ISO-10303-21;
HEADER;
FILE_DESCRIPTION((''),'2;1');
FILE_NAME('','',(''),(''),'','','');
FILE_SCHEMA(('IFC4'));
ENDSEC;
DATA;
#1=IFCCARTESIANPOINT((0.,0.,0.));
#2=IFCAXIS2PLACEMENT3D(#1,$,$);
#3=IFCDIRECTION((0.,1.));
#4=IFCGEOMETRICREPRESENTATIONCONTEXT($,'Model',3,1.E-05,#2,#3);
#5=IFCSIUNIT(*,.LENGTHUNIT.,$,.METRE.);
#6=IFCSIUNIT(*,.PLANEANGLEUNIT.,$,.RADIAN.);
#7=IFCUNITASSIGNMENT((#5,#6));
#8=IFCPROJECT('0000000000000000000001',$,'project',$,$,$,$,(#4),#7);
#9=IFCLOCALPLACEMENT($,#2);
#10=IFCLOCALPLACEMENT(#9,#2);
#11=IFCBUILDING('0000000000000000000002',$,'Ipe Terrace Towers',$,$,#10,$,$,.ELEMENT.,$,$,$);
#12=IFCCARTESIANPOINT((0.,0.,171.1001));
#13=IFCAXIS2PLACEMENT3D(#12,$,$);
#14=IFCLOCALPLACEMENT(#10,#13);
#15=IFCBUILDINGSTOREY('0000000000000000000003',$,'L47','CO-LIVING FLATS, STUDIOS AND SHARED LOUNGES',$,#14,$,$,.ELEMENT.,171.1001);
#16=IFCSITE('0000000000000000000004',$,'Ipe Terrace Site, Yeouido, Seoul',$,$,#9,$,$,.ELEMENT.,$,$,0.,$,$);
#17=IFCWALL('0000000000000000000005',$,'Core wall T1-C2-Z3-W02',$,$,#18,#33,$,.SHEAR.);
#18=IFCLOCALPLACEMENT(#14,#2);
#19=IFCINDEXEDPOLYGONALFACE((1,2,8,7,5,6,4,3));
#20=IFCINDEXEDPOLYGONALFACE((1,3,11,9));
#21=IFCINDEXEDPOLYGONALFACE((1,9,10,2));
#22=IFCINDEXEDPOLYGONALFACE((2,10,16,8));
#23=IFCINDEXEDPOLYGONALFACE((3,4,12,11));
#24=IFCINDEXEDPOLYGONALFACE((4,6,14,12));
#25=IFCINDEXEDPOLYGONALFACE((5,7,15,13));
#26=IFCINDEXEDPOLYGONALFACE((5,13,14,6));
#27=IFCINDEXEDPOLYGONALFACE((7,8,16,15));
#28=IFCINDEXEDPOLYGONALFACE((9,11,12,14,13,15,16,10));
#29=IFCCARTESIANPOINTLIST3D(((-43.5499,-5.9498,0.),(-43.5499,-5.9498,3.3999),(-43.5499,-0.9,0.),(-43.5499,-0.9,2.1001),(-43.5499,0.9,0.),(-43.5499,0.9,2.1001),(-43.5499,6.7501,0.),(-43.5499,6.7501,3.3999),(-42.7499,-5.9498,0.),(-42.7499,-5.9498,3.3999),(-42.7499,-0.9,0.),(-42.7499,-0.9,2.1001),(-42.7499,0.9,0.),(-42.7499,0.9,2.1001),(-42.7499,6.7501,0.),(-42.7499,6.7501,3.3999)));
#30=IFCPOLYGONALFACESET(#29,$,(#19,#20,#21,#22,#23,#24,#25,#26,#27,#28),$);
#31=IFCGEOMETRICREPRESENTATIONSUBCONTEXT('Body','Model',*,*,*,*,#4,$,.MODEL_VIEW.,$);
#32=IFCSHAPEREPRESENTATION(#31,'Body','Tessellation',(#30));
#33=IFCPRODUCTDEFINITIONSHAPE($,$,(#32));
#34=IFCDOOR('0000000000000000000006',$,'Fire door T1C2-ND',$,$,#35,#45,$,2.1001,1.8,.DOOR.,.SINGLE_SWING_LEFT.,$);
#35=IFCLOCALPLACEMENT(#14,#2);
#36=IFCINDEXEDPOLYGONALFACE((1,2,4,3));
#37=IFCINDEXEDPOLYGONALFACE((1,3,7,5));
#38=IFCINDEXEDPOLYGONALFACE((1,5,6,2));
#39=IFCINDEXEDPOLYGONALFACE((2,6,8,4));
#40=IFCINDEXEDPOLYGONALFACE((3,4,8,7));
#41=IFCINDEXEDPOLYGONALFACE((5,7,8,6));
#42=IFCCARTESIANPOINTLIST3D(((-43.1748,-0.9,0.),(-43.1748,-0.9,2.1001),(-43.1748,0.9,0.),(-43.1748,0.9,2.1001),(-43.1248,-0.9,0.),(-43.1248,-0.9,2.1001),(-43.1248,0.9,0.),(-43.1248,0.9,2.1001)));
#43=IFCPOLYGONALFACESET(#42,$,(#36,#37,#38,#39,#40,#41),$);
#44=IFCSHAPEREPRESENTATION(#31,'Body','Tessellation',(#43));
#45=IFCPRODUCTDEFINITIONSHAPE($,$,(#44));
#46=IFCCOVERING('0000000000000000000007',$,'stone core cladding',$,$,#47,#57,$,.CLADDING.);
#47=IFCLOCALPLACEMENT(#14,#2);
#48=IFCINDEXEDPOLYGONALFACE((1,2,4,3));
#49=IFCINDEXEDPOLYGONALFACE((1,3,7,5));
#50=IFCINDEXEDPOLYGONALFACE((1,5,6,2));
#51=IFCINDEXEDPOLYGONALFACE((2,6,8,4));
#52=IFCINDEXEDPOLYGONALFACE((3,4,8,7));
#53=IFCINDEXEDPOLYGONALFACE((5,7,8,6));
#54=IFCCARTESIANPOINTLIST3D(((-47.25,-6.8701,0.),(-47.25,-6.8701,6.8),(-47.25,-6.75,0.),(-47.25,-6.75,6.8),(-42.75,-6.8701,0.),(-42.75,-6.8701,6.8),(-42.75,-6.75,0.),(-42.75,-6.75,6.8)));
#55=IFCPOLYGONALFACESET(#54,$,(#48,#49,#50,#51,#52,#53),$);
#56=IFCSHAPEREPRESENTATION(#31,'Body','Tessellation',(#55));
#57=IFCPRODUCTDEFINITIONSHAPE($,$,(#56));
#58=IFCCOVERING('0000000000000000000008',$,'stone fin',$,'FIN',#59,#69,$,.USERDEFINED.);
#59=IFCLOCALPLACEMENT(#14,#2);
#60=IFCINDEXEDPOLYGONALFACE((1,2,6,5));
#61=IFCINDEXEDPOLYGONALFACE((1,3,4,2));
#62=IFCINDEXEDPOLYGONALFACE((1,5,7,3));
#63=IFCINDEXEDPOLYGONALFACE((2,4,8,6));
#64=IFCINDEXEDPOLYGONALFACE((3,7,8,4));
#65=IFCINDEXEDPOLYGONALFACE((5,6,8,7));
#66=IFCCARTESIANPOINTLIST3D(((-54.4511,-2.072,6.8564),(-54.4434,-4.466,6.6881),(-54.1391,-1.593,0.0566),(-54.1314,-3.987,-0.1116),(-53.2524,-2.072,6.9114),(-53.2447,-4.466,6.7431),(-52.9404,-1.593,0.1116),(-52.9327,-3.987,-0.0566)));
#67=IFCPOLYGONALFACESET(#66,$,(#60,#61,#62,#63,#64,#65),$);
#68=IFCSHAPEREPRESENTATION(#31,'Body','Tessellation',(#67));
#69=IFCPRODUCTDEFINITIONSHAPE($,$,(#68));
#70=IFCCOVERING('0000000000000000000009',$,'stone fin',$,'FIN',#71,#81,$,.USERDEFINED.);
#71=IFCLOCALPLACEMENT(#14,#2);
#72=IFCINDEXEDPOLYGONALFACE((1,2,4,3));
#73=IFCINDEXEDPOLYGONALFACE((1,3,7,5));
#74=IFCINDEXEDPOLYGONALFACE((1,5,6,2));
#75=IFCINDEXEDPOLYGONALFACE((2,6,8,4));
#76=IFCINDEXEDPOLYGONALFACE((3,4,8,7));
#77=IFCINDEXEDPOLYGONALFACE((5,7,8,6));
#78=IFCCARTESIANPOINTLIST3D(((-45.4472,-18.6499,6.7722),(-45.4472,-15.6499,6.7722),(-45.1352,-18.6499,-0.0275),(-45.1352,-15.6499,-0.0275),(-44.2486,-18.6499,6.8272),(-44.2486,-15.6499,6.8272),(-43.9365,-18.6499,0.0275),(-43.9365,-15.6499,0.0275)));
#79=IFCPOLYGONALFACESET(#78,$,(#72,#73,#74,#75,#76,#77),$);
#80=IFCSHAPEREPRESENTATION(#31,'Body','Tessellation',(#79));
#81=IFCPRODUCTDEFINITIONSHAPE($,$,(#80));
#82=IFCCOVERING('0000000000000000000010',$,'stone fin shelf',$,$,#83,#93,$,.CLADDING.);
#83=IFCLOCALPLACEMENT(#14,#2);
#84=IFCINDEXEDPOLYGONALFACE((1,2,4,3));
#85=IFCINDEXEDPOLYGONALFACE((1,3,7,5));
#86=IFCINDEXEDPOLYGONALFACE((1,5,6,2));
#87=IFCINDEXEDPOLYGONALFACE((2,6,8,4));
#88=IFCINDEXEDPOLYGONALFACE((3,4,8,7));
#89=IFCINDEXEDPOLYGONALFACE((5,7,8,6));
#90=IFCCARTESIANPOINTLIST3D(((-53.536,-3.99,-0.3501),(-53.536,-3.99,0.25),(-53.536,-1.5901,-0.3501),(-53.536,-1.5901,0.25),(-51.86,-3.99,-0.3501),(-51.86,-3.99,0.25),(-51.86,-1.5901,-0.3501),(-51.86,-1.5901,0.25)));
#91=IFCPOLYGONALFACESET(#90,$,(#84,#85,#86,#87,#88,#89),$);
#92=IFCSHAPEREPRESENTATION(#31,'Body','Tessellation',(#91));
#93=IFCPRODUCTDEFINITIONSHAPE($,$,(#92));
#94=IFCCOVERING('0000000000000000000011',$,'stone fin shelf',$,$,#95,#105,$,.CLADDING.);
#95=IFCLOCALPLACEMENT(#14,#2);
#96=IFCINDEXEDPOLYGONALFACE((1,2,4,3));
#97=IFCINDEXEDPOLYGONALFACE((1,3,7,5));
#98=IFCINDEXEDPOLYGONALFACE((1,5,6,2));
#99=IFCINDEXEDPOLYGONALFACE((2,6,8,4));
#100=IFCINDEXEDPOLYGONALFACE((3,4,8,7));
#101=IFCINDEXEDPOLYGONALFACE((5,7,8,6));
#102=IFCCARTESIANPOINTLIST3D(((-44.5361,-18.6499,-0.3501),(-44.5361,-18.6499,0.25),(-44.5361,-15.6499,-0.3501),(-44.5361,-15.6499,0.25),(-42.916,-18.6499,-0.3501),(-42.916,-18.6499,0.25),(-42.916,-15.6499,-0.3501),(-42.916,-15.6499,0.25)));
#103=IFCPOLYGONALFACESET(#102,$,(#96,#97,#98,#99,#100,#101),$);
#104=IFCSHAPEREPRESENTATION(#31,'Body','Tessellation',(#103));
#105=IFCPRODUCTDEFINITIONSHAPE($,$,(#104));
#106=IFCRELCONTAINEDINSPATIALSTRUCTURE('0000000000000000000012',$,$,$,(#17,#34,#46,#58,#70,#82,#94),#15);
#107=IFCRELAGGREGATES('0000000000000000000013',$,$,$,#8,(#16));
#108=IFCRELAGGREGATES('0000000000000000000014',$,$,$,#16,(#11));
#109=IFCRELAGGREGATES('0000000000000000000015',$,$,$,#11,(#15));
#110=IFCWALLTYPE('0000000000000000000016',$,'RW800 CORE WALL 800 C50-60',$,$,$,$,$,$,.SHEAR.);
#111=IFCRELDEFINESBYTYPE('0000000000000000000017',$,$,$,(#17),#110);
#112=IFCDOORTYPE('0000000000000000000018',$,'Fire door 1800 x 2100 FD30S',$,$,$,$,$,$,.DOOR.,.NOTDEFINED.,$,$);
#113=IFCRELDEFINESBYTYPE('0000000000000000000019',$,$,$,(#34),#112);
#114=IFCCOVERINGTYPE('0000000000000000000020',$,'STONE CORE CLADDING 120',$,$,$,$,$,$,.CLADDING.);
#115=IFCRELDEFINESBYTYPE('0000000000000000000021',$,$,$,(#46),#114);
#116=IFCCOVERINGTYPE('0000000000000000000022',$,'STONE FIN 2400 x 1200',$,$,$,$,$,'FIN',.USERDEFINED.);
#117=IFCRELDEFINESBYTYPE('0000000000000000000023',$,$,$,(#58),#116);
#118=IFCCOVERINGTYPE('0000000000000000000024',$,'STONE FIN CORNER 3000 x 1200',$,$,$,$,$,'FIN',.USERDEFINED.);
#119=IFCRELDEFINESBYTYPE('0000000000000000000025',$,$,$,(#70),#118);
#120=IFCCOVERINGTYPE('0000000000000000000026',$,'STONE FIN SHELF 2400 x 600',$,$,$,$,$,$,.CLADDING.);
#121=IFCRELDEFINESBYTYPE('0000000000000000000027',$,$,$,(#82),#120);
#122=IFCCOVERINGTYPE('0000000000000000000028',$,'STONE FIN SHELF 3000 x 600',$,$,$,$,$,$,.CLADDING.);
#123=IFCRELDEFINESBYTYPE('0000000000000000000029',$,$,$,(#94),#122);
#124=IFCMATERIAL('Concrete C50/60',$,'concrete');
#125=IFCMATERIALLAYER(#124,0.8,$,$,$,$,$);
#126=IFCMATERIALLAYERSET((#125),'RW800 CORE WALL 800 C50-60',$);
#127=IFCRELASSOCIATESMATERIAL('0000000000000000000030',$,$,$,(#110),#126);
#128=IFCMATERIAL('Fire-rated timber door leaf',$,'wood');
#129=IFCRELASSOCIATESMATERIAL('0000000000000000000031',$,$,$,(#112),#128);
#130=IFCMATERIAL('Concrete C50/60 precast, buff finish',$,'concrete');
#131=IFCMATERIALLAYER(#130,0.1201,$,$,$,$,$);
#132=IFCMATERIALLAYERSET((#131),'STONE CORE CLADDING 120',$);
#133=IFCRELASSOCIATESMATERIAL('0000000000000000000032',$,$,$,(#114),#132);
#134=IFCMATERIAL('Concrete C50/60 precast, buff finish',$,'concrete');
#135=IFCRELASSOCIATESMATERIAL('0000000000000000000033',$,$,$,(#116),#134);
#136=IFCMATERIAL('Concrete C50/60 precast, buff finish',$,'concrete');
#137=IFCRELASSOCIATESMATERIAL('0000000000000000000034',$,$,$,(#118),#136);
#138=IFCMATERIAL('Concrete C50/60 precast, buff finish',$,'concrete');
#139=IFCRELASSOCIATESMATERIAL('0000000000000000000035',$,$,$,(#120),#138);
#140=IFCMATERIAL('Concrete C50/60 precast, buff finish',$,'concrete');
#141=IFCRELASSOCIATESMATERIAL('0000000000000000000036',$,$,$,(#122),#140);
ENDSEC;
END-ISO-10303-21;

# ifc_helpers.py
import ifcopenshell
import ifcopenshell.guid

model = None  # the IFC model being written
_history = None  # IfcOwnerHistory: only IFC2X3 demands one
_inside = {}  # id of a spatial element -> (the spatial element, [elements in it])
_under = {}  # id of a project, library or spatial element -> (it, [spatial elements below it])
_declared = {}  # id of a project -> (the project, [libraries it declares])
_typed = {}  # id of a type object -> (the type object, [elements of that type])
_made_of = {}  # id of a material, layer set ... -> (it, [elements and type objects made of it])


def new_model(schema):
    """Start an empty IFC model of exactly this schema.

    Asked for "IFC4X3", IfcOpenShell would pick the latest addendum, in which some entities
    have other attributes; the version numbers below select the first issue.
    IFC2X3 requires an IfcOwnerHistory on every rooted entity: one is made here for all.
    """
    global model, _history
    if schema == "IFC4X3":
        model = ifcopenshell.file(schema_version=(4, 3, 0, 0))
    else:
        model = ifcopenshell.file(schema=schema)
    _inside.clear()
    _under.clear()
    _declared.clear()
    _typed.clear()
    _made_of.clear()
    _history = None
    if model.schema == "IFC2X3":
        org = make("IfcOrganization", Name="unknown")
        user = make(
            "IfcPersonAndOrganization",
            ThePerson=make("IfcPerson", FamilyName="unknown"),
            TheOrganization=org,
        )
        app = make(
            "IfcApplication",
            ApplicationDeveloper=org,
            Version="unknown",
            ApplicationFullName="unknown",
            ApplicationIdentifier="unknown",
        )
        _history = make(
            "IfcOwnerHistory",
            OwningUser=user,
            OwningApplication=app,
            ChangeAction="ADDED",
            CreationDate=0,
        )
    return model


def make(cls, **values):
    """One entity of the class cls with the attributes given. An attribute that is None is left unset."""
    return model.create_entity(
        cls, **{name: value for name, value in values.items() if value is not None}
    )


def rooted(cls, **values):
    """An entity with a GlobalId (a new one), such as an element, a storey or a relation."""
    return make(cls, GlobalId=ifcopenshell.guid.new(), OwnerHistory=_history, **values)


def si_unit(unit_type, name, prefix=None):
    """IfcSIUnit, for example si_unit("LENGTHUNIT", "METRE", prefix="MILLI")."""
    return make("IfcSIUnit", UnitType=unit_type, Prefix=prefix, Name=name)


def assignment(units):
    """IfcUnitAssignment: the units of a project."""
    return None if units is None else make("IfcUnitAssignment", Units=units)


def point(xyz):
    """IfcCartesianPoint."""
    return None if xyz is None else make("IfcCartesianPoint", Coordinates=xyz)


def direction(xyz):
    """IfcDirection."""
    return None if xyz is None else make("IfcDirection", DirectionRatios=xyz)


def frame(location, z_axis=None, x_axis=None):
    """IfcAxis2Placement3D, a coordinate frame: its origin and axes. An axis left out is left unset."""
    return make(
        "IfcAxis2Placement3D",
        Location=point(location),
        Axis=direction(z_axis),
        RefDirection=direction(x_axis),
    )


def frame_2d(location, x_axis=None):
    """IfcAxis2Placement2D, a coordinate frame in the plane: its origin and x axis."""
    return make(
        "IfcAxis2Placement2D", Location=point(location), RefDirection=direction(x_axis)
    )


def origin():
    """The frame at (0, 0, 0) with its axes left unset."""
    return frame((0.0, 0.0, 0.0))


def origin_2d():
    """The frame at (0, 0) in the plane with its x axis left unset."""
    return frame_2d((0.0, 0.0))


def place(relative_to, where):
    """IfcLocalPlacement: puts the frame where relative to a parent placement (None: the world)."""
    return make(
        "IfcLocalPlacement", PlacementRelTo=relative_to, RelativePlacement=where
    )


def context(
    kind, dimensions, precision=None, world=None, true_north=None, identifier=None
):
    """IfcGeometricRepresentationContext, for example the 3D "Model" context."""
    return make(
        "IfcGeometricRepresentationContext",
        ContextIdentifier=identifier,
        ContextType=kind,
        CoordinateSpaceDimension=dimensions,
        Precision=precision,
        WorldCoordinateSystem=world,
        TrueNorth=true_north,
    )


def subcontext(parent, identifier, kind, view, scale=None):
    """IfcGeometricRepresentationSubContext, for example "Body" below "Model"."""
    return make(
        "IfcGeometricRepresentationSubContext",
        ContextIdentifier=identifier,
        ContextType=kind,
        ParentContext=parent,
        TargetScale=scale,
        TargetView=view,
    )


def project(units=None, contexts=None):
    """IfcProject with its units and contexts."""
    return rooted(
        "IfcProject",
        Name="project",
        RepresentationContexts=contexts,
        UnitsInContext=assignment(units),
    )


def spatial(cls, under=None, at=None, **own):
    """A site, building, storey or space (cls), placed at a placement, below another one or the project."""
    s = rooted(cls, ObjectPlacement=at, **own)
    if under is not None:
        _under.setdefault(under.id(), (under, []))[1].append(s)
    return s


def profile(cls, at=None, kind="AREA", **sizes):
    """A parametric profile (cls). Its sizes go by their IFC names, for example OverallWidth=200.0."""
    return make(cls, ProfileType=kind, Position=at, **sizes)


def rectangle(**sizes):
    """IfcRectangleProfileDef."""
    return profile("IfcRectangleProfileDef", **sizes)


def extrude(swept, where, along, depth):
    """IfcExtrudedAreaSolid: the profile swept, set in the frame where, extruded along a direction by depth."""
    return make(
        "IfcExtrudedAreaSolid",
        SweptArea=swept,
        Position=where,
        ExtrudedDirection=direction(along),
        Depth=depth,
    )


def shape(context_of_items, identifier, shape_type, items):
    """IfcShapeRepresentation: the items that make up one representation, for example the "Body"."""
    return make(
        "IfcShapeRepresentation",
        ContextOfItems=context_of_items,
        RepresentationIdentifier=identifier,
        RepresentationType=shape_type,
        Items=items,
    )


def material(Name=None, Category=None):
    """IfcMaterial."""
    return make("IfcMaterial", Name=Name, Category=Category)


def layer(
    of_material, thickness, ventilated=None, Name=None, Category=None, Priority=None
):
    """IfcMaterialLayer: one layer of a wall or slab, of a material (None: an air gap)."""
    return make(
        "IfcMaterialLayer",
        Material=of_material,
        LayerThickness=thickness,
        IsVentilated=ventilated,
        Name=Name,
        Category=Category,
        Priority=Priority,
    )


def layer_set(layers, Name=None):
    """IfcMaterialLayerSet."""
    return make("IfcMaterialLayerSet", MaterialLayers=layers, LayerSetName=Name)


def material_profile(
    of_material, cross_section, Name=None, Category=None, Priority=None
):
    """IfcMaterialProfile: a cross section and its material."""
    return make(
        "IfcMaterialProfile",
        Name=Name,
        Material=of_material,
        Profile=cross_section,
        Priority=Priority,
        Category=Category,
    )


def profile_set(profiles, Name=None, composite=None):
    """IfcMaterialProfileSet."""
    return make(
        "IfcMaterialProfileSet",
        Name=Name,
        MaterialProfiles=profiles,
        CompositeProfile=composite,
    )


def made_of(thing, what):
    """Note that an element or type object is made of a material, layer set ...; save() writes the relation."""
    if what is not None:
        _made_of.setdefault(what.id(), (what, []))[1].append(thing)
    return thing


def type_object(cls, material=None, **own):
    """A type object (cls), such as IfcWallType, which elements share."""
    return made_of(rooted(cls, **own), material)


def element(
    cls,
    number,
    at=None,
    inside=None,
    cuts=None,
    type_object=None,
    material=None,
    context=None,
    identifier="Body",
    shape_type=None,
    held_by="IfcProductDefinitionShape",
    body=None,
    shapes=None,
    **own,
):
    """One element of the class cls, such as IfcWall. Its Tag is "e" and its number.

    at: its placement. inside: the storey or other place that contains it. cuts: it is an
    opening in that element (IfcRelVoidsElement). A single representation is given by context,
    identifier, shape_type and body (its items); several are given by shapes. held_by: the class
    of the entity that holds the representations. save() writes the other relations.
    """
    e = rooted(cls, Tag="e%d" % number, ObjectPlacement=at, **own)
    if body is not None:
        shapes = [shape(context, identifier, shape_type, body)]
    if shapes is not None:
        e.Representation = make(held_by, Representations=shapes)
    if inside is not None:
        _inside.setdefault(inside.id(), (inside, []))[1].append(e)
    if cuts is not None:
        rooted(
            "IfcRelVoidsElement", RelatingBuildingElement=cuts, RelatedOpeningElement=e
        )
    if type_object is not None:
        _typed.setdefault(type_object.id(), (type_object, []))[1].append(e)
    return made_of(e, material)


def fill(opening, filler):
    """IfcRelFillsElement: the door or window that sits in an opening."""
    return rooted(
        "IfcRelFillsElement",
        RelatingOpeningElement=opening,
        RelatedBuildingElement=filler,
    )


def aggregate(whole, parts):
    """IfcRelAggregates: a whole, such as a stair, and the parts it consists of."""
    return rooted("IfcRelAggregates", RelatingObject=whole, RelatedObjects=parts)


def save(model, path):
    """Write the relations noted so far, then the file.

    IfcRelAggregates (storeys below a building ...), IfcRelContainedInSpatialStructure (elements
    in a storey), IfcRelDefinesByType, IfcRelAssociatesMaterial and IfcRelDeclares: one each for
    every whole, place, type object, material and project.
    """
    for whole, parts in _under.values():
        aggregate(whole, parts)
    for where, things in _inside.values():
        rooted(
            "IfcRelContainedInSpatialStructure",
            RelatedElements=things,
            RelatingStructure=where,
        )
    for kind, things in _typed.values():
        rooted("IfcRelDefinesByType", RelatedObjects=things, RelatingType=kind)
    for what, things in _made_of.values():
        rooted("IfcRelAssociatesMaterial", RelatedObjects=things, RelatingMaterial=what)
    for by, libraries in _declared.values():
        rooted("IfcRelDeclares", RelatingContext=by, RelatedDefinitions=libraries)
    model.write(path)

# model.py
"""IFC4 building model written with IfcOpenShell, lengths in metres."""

from ifc_helpers import new_model, si_unit, direction, frame, frame_2d, origin, origin_2d, place, context, subcontext, project, spatial, rectangle, extrude, material, layer, layer_set, material_profile, profile_set, type_object, element, fill, save


model = new_model("IFC4")

# Units and contexts
model_context = context("Model", 3, precision=1e-05, world=origin(), true_north=direction((0.0, 1.0)))
body_context = subcontext(model_context, "Body", "Model", "MODEL_VIEW")
ifc_project = project(units=[si_unit("LENGTHUNIT", "METRE"), si_unit("PLANEANGLEUNIT", "RADIAN")], contexts=[model_context])

# Site, building, storey
site_placement = place(None, origin())
site = spatial("IfcSite", under=ifc_project, at=site_placement, Name="Ipe Terrace Site, Yeouido, Seoul", CompositionType="ELEMENT", RefElevation=0.0)
building_placement = place(site_placement, origin())
building = spatial("IfcBuilding", under=site, at=building_placement, Name="Ipe Terrace Towers", CompositionType="ELEMENT")
storey_placement = place(building_placement, frame((0.0, 0.0, 171.1001)))
storey = spatial("IfcBuildingStorey", under=building, at=storey_placement, Name="L47", Description="CO-LIVING FLATS, STUDIOS AND SHARED LOUNGES", CompositionType="ELEMENT", Elevation=171.1001)

# Shared definitions
ifc_material_1 = material(Name="Concrete C50/60", Category="concrete")
ifc_layer_1 = layer(ifc_material_1, 0.8)
ifc_layer_set_1 = layer_set([ifc_layer_1], Name="RW800 CORE WALL 800 C50-60")
wall_type_1 = type_object("IfcWallType", Name="RW800 CORE WALL 800 C50-60", PredefinedType="SHEAR", material=ifc_layer_set_1)

# Wall, opening, door
wall_1_placement = place(storey_placement, frame((-43.1499, -5.95, 0.0), z_axis=(0.0, 0.0, 1.0), x_axis=(0.0, 1.0, 0.0)))
wall_1 = element("IfcWall", 1, at=wall_1_placement, inside=storey, type_object=wall_type_1, Name="Core wall T1-C2-Z3-W02", PredefinedType="SHEAR", context=body_context, shape_type="SweptSolid", body=[
    extrude(rectangle(XDim=12.7, YDim=0.8, at=frame_2d((6.3501, 0.0))), origin(), (0.0, 0.0, 1.0), 3.3999),
])
opening_1_placement = place(wall_1_placement, frame((5.05, 0.0, 0.0)))
opening_1 = element("IfcOpeningElement", 2, at=opening_1_placement, cuts=wall_1, PredefinedType="OPENING", context=body_context, shape_type="SweptSolid", body=[
    extrude(rectangle(XDim=1.8, YDim=2.1001, at=frame_2d((0.8999, 1.05))), frame((0.0, 0.4102, 0.0), z_axis=(0.0, -1.0, 0.0), x_axis=(1.0, 0.0, 0.0)), (0.0, 0.0, 1.0), 0.8201),
])
ifc_material_2 = material(Name="Fire-rated timber door leaf", Category="wood")
door_type_1 = type_object("IfcDoorType", Name="Fire door 1800 x 2100 FD30S", OperationType="NOTDEFINED", PredefinedType="DOOR", material=ifc_material_2)
door_1_placement = place(opening_1_placement, origin())
door_1 = element("IfcDoor", 3, at=door_1_placement, inside=storey, type_object=door_type_1, Name="Fire door T1C2-ND", OperationType="SINGLE_SWING_LEFT", OverallHeight=2.1001, OverallWidth=1.8, PredefinedType="DOOR", context=body_context, shape_type="SweptSolid", body=[
    extrude(rectangle(XDim=1.8, YDim=2.1001, at=frame_2d((0.8999, 1.05))), frame((0.0, 0.0249, 0.0), z_axis=(0.0, -1.0, 0.0), x_axis=(1.0, 0.0, 0.0)), (0.0, 0.0, 1.0), 0.05),
])
fill(opening_1, door_1)

# Coverings
ifc_material_3 = material(Name="Concrete C50/60 precast, buff finish", Category="concrete")
ifc_layer_2 = layer(ifc_material_3, 0.1201)
ifc_layer_set_2 = layer_set([ifc_layer_2], Name="STONE CORE CLADDING 120")
covering_type_1 = type_object("IfcCoveringType", Name="STONE CORE CLADDING 120", PredefinedType="CLADDING", material=ifc_layer_set_2)
covering_1_placement = place(storey_placement, frame((-45.0, -6.8101, 0.0), z_axis=(0.0, 0.0, 1.0), x_axis=(1.0, 0.0, 0.0)))
element("IfcCovering", 4, at=covering_1_placement, inside=storey, type_object=covering_type_1, Name="stone core cladding", PredefinedType="CLADDING", context=body_context, shape_type="SweptSolid", body=[
    extrude(rectangle(XDim=4.5, YDim=0.1201, at=origin_2d()), origin(), (0.0, 0.0, 1.0), 6.8),
])
ifc_material_4 = material(Name="Concrete C50/60 precast, buff finish", Category="concrete")
ifc_material_profile_1 = material_profile(ifc_material_4, rectangle(XDim=2.3999, YDim=1.2, at=origin_2d()), Name="STONE FIN 2400 x 1200")
ifc_profile_set_1 = profile_set([ifc_material_profile_1], Name="Concrete C50/60 precast, buff finish")
covering_type_2 = type_object("IfcCoveringType", Name="STONE FIN 2400 x 1200", ElementType="FIN", PredefinedType="USERDEFINED", material=ifc_profile_set_1)
covering_2_placement = place(storey_placement, frame((-53.5359, -2.79, 0.0), z_axis=(-0.045724, -0.070196, 0.996485), x_axis=(0.003218, -0.997533, -0.070122)))
element("IfcCovering", 5, at=covering_2_placement, inside=storey, type_object=covering_type_2, Name="stone fin", ObjectType="FIN", PredefinedType="USERDEFINED", context=body_context, shape_type="SweptSolid", body=[
    extrude(rectangle(XDim=2.3999, YDim=1.2, at=origin_2d()), origin(), (0.0, 0.0, 1.0), 6.8237),
])
ifc_material_5 = material(Name="Concrete C50/60 precast, buff finish", Category="concrete")
ifc_material_profile_2 = material_profile(ifc_material_5, rectangle(XDim=3.0, YDim=1.2, at=origin_2d()), Name="STONE FIN CORNER 3000 x 1200")
ifc_profile_set_2 = profile_set([ifc_material_profile_2], Name="Concrete C50/60 precast, buff finish")
covering_type_3 = type_object("IfcCoveringType", Name="STONE FIN CORNER 3000 x 1200", ElementType="FIN", PredefinedType="USERDEFINED", material=ifc_profile_set_2)
covering_3_placement = place(storey_placement, frame((-44.5359, -17.1499, 0.0), z_axis=(-0.045837, 0.0, 0.998949), x_axis=(0.0, -1.0, 0.0)))
element("IfcCovering", 6, at=covering_3_placement, inside=storey, type_object=covering_type_3, Name="stone fin", ObjectType="FIN", PredefinedType="USERDEFINED", context=body_context, shape_type="SweptSolid", body=[
    extrude(rectangle(XDim=3.0, YDim=1.2, at=origin_2d()), origin(), (0.0, 0.0, 1.0), 6.8069),
])
ifc_material_6 = material(Name="Concrete C50/60 precast, buff finish", Category="concrete")
covering_type_4 = type_object("IfcCoveringType", Name="STONE FIN SHELF 2400 x 600", PredefinedType="CLADDING", material=ifc_material_6)
covering_4_placement = place(storey_placement, frame((-52.698, -2.79, -0.3501), z_axis=(0.0, 0.0, 1.0), x_axis=(0.0, -1.0, 0.0)))
element("IfcCovering", 7, at=covering_4_placement, inside=storey, type_object=covering_type_4, Name="stone fin shelf", PredefinedType="CLADDING", context=body_context, shape_type="SweptSolid", body=[
    extrude(rectangle(XDim=2.3999, YDim=1.676, at=origin_2d()), origin(), (0.0, 0.0, 1.0), 0.6001),
])
ifc_material_7 = material(Name="Concrete C50/60 precast, buff finish", Category="concrete")
covering_type_5 = type_object("IfcCoveringType", Name="STONE FIN SHELF 3000 x 600", PredefinedType="CLADDING", material=ifc_material_7)
covering_5_placement = place(storey_placement, frame((-43.7261, -17.1499, -0.3501), z_axis=(0.0, 0.0, 1.0), x_axis=(0.0, -1.0, 0.0)))
element("IfcCovering", 8, at=covering_5_placement, inside=storey, type_object=covering_type_5, Name="stone fin shelf", PredefinedType="CLADDING", context=body_context, shape_type="SweptSolid", body=[
    extrude(rectangle(XDim=3.0, YDim=1.6201, at=origin_2d()), origin(), (0.0, 0.0, 1.0), 0.6001),
])

save(model, "model.ifc")
